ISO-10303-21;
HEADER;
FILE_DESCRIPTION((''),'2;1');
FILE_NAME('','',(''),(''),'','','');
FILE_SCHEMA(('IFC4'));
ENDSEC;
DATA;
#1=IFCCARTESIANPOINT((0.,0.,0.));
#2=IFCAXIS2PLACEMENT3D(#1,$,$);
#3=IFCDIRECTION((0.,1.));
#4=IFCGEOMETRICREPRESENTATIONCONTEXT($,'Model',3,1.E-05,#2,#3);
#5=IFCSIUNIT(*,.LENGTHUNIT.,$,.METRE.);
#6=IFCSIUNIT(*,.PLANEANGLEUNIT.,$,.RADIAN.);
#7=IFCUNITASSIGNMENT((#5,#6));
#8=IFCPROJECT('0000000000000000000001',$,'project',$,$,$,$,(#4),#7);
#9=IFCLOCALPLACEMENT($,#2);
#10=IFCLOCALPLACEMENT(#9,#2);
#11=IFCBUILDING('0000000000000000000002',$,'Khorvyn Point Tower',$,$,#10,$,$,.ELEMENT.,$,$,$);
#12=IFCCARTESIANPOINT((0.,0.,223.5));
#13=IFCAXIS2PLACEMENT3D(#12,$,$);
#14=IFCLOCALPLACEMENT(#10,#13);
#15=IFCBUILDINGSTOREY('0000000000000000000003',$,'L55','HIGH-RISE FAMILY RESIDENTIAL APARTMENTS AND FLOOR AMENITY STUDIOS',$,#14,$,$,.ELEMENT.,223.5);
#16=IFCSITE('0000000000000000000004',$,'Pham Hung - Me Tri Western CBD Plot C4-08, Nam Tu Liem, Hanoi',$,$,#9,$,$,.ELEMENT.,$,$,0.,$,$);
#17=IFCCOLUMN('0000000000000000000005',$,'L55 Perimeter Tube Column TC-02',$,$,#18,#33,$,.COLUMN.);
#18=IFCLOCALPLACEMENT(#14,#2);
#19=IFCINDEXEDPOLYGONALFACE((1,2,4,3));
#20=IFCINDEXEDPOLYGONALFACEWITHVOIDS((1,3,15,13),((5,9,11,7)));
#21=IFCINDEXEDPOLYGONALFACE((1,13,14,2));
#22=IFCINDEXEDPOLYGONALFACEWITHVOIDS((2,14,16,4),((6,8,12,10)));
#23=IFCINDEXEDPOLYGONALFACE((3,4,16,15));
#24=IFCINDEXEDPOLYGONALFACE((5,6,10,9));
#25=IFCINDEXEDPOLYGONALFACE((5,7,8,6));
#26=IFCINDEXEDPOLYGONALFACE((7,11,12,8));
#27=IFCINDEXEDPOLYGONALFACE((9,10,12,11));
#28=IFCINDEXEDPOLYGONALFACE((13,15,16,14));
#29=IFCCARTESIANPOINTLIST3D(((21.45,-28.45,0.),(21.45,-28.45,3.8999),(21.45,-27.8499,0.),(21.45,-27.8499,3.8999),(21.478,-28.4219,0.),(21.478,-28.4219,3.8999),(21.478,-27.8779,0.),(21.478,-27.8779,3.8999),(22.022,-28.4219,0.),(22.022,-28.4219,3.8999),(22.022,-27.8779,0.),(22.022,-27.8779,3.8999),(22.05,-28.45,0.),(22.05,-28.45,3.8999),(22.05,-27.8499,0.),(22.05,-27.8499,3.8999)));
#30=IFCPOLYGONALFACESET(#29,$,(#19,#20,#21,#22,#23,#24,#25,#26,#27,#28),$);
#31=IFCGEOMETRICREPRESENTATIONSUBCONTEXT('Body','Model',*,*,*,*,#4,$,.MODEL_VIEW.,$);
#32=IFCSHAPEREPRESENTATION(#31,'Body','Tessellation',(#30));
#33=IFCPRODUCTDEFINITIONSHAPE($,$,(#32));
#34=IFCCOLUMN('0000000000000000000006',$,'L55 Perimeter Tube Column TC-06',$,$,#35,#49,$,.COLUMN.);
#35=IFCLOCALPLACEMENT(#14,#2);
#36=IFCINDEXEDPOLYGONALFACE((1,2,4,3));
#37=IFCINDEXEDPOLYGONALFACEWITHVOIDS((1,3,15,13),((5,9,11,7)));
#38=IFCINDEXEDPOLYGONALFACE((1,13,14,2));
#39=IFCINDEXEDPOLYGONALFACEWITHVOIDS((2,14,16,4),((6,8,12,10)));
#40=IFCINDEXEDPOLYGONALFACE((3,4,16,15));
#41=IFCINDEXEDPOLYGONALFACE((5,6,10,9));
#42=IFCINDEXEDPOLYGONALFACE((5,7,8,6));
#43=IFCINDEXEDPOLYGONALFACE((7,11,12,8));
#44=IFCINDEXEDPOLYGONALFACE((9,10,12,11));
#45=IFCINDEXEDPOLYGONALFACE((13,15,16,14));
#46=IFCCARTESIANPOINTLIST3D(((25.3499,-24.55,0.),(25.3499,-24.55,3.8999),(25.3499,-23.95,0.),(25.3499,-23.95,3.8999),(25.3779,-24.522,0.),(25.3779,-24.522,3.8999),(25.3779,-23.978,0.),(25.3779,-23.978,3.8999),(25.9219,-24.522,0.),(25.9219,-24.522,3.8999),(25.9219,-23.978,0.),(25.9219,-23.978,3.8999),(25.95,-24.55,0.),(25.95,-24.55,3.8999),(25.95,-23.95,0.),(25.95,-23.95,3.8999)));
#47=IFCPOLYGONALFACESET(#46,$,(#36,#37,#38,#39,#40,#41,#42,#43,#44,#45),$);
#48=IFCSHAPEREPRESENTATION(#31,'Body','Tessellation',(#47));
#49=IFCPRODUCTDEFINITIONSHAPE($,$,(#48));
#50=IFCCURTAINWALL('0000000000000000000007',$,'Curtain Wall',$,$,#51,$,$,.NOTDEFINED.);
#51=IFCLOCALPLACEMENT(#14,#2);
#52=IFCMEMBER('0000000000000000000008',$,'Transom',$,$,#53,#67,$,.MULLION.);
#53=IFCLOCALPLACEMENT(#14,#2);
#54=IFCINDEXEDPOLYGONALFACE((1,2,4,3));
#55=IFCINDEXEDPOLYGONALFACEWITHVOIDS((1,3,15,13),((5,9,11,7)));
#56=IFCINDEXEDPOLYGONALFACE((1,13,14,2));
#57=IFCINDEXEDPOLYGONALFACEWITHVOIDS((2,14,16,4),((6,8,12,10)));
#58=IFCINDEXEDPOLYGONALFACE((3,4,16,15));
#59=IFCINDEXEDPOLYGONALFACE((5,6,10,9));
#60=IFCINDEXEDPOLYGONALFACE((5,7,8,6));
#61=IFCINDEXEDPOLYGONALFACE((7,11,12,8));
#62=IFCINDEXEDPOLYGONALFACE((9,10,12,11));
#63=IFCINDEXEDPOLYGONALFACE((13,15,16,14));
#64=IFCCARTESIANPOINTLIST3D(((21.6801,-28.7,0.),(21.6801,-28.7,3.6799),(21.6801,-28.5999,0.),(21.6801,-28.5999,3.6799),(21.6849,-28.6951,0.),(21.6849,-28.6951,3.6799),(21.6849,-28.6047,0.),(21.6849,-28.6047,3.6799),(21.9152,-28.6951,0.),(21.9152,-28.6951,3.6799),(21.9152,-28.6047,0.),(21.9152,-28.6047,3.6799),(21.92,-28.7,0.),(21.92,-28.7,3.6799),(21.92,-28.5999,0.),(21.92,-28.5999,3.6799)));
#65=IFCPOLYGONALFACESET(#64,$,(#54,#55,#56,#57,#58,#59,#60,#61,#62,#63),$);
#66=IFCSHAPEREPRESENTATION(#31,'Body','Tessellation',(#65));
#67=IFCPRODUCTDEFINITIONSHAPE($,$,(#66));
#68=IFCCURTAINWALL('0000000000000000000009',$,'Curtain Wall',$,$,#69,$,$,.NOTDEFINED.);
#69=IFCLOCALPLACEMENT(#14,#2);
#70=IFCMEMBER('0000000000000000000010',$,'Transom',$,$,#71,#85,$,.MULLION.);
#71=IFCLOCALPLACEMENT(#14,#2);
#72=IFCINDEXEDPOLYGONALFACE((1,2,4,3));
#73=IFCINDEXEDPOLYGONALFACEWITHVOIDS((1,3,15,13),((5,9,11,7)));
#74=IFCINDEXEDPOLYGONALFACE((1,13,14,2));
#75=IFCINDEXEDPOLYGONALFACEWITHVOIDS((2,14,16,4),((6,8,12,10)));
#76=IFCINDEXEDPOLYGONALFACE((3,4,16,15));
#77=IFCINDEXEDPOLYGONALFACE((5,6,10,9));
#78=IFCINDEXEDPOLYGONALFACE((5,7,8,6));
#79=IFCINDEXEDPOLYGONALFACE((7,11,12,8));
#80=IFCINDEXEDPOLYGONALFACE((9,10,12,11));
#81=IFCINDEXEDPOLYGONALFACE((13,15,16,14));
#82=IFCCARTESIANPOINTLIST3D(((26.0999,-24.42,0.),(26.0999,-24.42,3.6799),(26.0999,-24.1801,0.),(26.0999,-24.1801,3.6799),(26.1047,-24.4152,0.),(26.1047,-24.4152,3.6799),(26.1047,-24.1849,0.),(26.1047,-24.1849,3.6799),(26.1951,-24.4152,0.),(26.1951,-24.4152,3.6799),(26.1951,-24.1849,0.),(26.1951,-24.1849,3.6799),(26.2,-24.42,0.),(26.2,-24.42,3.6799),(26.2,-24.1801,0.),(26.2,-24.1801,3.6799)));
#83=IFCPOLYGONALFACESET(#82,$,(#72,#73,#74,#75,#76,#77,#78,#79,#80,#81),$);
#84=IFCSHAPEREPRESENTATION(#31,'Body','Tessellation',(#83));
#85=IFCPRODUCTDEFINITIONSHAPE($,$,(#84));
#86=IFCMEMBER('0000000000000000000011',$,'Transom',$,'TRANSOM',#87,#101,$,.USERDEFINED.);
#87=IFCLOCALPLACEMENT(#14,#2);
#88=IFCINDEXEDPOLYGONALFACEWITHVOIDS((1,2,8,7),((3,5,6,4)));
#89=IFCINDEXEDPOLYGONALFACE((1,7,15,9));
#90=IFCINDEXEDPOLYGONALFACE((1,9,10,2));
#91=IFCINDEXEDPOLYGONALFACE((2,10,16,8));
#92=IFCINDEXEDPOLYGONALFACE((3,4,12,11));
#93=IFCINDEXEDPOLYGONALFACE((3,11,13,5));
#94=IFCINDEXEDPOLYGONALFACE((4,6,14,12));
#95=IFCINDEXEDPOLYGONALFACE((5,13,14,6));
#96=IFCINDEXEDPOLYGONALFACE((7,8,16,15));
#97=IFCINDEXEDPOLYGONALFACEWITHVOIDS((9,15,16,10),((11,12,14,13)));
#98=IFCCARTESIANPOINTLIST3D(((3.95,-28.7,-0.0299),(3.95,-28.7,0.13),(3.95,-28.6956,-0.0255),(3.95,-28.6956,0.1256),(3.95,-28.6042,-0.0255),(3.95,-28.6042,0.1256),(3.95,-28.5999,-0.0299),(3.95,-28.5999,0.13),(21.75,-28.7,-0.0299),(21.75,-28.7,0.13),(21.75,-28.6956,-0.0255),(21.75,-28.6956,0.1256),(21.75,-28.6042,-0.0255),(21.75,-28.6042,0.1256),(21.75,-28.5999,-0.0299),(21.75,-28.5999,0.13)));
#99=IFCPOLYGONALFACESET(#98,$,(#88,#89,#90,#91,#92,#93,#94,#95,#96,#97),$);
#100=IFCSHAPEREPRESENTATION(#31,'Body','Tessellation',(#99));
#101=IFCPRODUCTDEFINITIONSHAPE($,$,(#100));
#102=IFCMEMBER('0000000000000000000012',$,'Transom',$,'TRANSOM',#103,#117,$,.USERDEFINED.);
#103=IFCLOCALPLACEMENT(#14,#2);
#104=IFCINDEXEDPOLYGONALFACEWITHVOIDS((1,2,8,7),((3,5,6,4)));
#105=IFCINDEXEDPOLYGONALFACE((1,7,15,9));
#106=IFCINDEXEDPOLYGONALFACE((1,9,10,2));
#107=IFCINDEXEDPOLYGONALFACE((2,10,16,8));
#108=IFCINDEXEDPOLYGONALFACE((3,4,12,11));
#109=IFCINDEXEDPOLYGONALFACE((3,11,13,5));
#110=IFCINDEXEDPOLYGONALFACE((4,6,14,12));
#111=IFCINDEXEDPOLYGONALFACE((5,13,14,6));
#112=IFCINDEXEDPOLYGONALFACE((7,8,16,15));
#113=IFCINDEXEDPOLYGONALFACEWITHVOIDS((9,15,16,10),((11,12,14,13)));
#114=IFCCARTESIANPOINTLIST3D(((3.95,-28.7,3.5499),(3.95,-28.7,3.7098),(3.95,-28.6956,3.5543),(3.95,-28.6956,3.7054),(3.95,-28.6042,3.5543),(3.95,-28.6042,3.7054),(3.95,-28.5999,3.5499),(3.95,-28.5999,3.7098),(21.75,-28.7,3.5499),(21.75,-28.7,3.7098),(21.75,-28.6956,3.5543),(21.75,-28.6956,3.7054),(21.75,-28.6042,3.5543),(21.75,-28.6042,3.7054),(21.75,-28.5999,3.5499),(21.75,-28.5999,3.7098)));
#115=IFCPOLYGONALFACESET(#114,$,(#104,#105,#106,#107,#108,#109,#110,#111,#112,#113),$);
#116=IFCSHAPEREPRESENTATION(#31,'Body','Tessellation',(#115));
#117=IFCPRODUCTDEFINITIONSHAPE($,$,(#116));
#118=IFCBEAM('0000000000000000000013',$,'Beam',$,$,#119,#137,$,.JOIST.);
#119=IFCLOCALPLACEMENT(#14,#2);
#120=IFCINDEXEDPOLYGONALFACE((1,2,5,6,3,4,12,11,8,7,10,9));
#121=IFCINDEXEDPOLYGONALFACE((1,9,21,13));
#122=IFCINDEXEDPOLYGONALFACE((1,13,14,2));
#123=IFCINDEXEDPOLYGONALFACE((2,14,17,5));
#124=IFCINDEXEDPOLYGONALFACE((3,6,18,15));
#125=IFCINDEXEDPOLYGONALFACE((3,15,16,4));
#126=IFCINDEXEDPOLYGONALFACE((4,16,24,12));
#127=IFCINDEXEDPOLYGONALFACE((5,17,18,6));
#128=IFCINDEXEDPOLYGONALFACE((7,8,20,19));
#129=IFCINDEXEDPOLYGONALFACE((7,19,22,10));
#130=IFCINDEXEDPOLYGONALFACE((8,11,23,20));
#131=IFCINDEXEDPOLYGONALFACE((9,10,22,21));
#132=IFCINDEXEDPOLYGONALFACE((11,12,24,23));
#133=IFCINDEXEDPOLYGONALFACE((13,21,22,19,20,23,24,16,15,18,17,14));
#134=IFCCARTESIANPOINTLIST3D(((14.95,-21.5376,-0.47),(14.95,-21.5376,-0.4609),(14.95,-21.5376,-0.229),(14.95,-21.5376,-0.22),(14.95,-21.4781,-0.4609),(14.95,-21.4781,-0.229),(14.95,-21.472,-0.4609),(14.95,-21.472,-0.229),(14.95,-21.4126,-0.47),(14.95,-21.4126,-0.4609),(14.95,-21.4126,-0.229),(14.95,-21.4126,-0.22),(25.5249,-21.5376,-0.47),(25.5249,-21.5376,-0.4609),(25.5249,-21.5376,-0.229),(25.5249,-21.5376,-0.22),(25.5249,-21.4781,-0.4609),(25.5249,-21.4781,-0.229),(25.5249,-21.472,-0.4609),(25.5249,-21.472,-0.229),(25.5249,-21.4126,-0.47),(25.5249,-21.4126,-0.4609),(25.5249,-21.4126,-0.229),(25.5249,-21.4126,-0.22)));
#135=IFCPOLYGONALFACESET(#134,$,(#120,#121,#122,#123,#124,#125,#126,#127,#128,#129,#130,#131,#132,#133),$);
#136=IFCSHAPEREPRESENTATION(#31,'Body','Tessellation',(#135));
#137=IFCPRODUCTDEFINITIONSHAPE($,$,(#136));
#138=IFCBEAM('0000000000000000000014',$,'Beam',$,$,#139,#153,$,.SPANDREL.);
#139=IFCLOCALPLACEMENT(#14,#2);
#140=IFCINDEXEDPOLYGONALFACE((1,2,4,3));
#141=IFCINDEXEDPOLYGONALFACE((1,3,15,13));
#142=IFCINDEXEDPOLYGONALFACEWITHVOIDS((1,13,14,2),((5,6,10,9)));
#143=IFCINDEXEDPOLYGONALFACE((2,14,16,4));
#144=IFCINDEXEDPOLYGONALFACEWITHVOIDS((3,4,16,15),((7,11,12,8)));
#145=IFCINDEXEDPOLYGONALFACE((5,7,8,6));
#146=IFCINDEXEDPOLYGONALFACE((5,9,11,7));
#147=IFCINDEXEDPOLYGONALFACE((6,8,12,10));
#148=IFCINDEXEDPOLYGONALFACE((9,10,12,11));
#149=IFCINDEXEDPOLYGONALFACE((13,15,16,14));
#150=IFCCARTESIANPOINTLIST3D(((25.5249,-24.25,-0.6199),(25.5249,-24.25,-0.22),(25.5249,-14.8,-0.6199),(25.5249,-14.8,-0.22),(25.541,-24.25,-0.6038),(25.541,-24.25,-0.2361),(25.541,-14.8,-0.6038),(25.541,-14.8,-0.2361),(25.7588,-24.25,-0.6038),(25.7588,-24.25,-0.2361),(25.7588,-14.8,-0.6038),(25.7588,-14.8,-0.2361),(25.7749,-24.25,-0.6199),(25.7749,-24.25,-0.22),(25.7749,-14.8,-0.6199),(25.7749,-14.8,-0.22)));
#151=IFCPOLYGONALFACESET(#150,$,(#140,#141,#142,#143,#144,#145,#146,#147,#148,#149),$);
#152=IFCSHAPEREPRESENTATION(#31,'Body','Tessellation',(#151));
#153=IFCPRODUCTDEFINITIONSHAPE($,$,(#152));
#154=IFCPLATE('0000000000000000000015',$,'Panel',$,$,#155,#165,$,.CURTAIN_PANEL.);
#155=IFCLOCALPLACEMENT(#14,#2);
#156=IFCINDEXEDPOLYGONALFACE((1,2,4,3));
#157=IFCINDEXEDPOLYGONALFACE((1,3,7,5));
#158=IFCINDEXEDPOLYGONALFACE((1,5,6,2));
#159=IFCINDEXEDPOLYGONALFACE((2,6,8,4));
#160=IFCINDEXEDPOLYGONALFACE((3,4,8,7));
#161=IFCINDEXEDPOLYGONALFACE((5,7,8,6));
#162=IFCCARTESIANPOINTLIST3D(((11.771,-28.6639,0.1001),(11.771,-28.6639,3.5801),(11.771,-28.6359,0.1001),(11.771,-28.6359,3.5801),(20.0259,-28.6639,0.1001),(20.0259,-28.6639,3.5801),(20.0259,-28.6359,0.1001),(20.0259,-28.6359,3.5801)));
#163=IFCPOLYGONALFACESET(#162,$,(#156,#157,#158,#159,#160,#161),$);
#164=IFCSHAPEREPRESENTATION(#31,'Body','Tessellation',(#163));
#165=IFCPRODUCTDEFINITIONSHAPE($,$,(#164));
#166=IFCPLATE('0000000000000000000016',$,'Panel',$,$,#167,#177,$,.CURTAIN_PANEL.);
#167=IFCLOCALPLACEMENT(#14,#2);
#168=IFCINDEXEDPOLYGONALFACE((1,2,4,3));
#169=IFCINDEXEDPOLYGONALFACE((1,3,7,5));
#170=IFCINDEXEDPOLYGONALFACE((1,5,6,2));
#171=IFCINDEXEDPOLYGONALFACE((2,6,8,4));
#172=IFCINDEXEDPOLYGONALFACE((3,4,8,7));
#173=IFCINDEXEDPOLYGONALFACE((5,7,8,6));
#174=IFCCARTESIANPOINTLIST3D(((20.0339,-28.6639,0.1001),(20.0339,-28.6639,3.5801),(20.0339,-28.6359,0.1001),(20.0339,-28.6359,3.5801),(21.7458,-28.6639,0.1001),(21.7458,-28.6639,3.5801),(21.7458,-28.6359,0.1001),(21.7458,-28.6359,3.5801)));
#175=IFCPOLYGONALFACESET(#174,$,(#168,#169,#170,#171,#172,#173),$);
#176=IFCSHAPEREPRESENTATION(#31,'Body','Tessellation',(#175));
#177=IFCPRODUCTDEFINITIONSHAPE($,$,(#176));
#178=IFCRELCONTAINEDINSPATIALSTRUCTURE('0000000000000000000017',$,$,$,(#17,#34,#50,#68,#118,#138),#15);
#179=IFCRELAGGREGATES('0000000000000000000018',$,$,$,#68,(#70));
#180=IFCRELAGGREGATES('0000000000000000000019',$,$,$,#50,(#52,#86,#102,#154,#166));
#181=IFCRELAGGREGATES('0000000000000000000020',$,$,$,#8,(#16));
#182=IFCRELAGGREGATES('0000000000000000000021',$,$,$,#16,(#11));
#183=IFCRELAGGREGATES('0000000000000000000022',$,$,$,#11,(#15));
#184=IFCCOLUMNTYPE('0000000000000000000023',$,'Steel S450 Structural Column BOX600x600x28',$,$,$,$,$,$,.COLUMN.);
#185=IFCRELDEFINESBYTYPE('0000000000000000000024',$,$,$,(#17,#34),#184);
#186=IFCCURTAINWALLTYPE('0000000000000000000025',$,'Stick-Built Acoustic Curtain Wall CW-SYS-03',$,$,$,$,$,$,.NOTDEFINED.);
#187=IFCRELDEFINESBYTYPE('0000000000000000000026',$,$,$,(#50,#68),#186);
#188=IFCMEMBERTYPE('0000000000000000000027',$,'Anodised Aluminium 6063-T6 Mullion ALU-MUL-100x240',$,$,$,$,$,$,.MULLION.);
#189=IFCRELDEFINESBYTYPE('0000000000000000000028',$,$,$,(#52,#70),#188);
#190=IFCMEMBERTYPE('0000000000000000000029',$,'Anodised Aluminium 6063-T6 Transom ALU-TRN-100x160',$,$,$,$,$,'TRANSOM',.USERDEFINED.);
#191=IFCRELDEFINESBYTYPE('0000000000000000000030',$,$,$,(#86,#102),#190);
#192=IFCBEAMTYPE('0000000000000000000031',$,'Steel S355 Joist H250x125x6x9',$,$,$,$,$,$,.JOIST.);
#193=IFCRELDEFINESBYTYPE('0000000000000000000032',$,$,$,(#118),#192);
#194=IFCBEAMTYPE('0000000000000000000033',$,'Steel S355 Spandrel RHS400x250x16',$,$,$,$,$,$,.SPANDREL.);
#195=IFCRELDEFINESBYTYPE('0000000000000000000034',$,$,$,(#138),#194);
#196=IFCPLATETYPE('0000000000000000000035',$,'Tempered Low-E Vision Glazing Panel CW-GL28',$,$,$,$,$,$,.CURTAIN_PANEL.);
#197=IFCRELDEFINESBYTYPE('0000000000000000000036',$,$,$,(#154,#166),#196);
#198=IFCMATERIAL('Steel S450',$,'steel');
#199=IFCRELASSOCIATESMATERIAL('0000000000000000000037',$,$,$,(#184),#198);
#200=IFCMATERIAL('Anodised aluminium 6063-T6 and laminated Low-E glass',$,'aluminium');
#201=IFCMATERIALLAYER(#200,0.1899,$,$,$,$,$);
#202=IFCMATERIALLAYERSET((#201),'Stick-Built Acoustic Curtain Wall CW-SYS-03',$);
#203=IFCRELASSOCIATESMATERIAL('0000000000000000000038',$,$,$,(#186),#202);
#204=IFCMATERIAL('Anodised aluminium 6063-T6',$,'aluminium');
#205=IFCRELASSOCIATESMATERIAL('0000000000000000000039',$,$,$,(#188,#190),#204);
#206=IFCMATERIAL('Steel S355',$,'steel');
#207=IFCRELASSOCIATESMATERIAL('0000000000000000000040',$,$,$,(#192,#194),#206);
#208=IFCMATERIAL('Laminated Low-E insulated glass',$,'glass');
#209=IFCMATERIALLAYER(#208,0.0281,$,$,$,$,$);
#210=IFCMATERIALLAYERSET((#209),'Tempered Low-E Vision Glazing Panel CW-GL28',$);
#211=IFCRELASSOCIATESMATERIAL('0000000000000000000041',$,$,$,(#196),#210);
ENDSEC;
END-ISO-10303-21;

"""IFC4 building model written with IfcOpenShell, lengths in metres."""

from ifc_helpers import new_model, si_unit, direction, frame, origin, origin_2d, place, context, subcontext, project, spatial, rectangle, hollow_rectangle, i_section, extrude, material, layer, layer_set, material_profile, profile_set, type_object, element, aggregate, save


model = new_model("IFC4")

# Units and contexts
model_context = context("Model", 3, precision=1e-05, world=origin(), true_north=direction((0.0, 1.0)))
body_context = subcontext(model_context, "Body", "Model", "MODEL_VIEW")
ifc_project = project(units=[si_unit("LENGTHUNIT", "METRE"), si_unit("PLANEANGLEUNIT", "RADIAN")], contexts=[model_context])

# Site, building, storey
site_placement = place(None, origin())
site = spatial("IfcSite", under=ifc_project, at=site_placement, Name="Pham Hung - Me Tri Western CBD Plot C4-08, Nam Tu Liem, Hanoi", CompositionType="ELEMENT", RefElevation=0.0)
building_placement = place(site_placement, origin())
building = spatial("IfcBuilding", under=site, at=building_placement, Name="Khorvyn Point Tower", CompositionType="ELEMENT")
storey_placement = place(building_placement, frame((0.0, 0.0, 223.5)))
storey = spatial("IfcBuildingStorey", under=building, at=storey_placement, Name="L55", Description="HIGH-RISE FAMILY RESIDENTIAL APARTMENTS AND FLOOR AMENITY STUDIOS", CompositionType="ELEMENT", Elevation=223.5)

# Columns
ifc_material_1 = material(Name="Steel S450", Category="steel")
ifc_material_profile_1 = material_profile(ifc_material_1, hollow_rectangle(XDim=0.6001, YDim=0.6001, WallThickness=0.0281, at=origin_2d()))
ifc_profile_set_1 = profile_set([ifc_material_profile_1], Name="Steel S450 BOX600x600x28")
column_type = type_object("IfcColumnType", Name="Steel S450 Structural Column BOX600x600x28", PredefinedType="COLUMN", material=ifc_profile_set_1)
for number, where, z_axis, x_axis, name in (
    (1, (21.75, -28.1499, 0.0), (0.0, 0.0, 1.0), (1.0, 0.0, 0.0), "L55 Perimeter Tube Column TC-02"),
    (2, (25.6499, -24.25, 0.0), (0.0, 0.0, 1.0), (1.0, 0.0, 0.0), "L55 Perimeter Tube Column TC-06"),
):
    element("IfcColumn", number, at=place(storey_placement, frame(where, z_axis=z_axis, x_axis=x_axis)), inside=storey, type_object=column_type, Name=name, PredefinedType="COLUMN", context=body_context, shape_type="SweptSolid", body=[
        extrude(hollow_rectangle(XDim=0.6001, YDim=0.6001, WallThickness=0.0281, at=origin_2d()), origin(), (0.0, 0.0, 1.0), 3.8999),
    ])

# Curtain walls, members
ifc_material_2 = material(Name="Anodised aluminium 6063-T6 and laminated Low-E glass", Category="aluminium")
ifc_layer_1 = layer(ifc_material_2, 0.1899)
ifc_layer_set_1 = layer_set([ifc_layer_1], Name="Stick-Built Acoustic Curtain Wall CW-SYS-03")
curtain_wall_type = type_object("IfcCurtainWallType", Name="Stick-Built Acoustic Curtain Wall CW-SYS-03", PredefinedType="NOTDEFINED", material=ifc_layer_set_1)
curtain_wall_1_placement = place(storey_placement, origin())
curtain_wall_1 = element("IfcCurtainWall", 3, at=curtain_wall_1_placement, inside=storey, type_object=curtain_wall_type, Name="Curtain Wall", PredefinedType="NOTDEFINED")
ifc_material_3 = material(Name="Anodised aluminium 6063-T6", Category="aluminium")
ifc_material_profile_2 = material_profile(ifc_material_3, hollow_rectangle(XDim=0.1001, YDim=0.24, WallThickness=0.0049, at=origin_2d()))
ifc_profile_set_2 = profile_set([ifc_material_profile_2], Name="Anodised aluminium 6063-T6 ALU-MUL-100x240")
member_type_1 = type_object("IfcMemberType", Name="Anodised Aluminium 6063-T6 Mullion ALU-MUL-100x240", PredefinedType="MULLION", material=ifc_profile_set_2)
member_1_placement = place(storey_placement, frame((21.8, -28.6499, 0.0), z_axis=(0.0, 0.0, 1.0), x_axis=(0.0, -1.0, 0.0)))
member_1 = element("IfcMember", 4, at=member_1_placement, type_object=member_type_1, Name="Transom", PredefinedType="MULLION", context=body_context, shape_type="SweptSolid", body=[
    extrude(hollow_rectangle(XDim=0.1001, YDim=0.24, WallThickness=0.0049, at=origin_2d()), origin(), (0.0, 0.0, 1.0), 3.6799),
])
curtain_wall_2_placement = place(storey_placement, origin())
curtain_wall_2 = element("IfcCurtainWall", 5, at=curtain_wall_2_placement, inside=storey, type_object=curtain_wall_type, Name="Curtain Wall", PredefinedType="NOTDEFINED")
member_2_placement = place(storey_placement, frame((26.1499, -24.3, 0.0), z_axis=(0.0, 0.0, 1.0), x_axis=(1.0, 0.0, 0.0)))
member_2 = element("IfcMember", 6, at=member_2_placement, type_object=member_type_1, Name="Transom", PredefinedType="MULLION", context=body_context, shape_type="SweptSolid", body=[
    extrude(hollow_rectangle(XDim=0.1001, YDim=0.24, WallThickness=0.0049, at=origin_2d()), origin(), (0.0, 0.0, 1.0), 3.6799),
])
aggregate(curtain_wall_2, [member_2])

# Members
ifc_material_profile_3 = material_profile(ifc_material_3, hollow_rectangle(XDim=0.1001, YDim=0.1599, WallThickness=0.0044, at=origin_2d()))
ifc_profile_set_3 = profile_set([ifc_material_profile_3], Name="Anodised aluminium 6063-T6 ALU-TRN-100x160")
member_type_2 = type_object("IfcMemberType", Name="Anodised Aluminium 6063-T6 Transom ALU-TRN-100x160", ElementType="TRANSOM", PredefinedType="USERDEFINED", material=ifc_profile_set_3)
member_3_placement = place(storey_placement, frame((21.75, -28.6499, 0.05), z_axis=(-1.0, 0.0, 0.0), x_axis=(0.0, -1.0, 0.0)))
member_3 = element("IfcMember", 7, at=member_3_placement, type_object=member_type_2, Name="Transom", ObjectType="TRANSOM", PredefinedType="USERDEFINED", context=body_context, shape_type="SweptSolid", body=[
    extrude(hollow_rectangle(XDim=0.1001, YDim=0.1599, WallThickness=0.0044, at=origin_2d()), origin(), (0.0, 0.0, 1.0), 17.8),
])
member_4_placement = place(storey_placement, frame((21.75, -28.6499, 3.6299), z_axis=(-1.0, 0.0, 0.0), x_axis=(0.0, -1.0, 0.0)))
member_4 = element("IfcMember", 8, at=member_4_placement, type_object=member_type_2, Name="Transom", ObjectType="TRANSOM", PredefinedType="USERDEFINED", context=body_context, shape_type="SweptSolid", body=[
    extrude(hollow_rectangle(XDim=0.1001, YDim=0.1599, WallThickness=0.0044, at=origin_2d()), origin(), (0.0, 0.0, 1.0), 17.8),
])

# Beams
ifc_material_4 = material(Name="Steel S355", Category="steel")
ifc_material_profile_4 = material_profile(ifc_material_4, i_section(OverallWidth=0.125, OverallDepth=0.25, WebThickness=0.0061, FlangeThickness=0.009, at=origin_2d()))
ifc_profile_set_4 = profile_set([ifc_material_profile_4], Name="Steel S355 H250x125x6x9")
beam_type_1 = type_object("IfcBeamType", Name="Steel S355 Joist H250x125x6x9", PredefinedType="JOIST", material=ifc_profile_set_4)
beam_1_placement = place(storey_placement, frame((14.95, -21.4751, -0.345), z_axis=(1.0, 0.0, 0.0), x_axis=(0.0, 1.0, 0.0)))
element("IfcBeam", 9, at=beam_1_placement, inside=storey, type_object=beam_type_1, Name="Beam", PredefinedType="JOIST", context=body_context, shape_type="SweptSolid", body=[
    extrude(i_section(OverallWidth=0.125, OverallDepth=0.25, WebThickness=0.0061, FlangeThickness=0.009, at=origin_2d()), origin(), (0.0, 0.0, 1.0), 10.575),
])
ifc_material_profile_5 = material_profile(ifc_material_4, hollow_rectangle(XDim=0.25, YDim=0.3999, WallThickness=0.0161, at=origin_2d()))
ifc_profile_set_5 = profile_set([ifc_material_profile_5], Name="Steel S355 RHS400x250x16")
beam_type_2 = type_object("IfcBeamType", Name="Steel S355 Spandrel RHS400x250x16", PredefinedType="SPANDREL", material=ifc_profile_set_5)
beam_2_placement = place(storey_placement, frame((25.6499, -24.25, -0.4199), z_axis=(0.0, 1.0, 0.0), x_axis=(-1.0, 0.0, 0.0)))
element("IfcBeam", 10, at=beam_2_placement, inside=storey, type_object=beam_type_2, Name="Beam", PredefinedType="SPANDREL", context=body_context, shape_type="SweptSolid", body=[
    extrude(hollow_rectangle(XDim=0.25, YDim=0.3999, WallThickness=0.0161, at=origin_2d()), origin(), (0.0, 0.0, 1.0), 9.45),
])

# Plates
ifc_material_5 = material(Name="Laminated Low-E insulated glass", Category="glass")
ifc_layer_2 = layer(ifc_material_5, 0.0281)
ifc_layer_set_2 = layer_set([ifc_layer_2], Name="Tempered Low-E Vision Glazing Panel CW-GL28")
plate_type = type_object("IfcPlateType", Name="Tempered Low-E Vision Glazing Panel CW-GL28", PredefinedType="CURTAIN_PANEL", material=ifc_layer_set_2)
plate_1_placement = place(storey_placement, frame((15.8984, -28.6499, 0.1001), z_axis=(0.0, 0.0, 1.0), x_axis=(-1.0, 0.0, 0.0)))
plate_1 = element("IfcPlate", 11, at=plate_1_placement, type_object=plate_type, Name="Panel", PredefinedType="CURTAIN_PANEL", context=body_context, shape_type="SweptSolid", body=[
    extrude(rectangle(XDim=8.2549, YDim=0.0281, at=origin_2d()), origin(), (0.0, 0.0, 1.0), 3.48),
])
plate_2_placement = place(storey_placement, frame((20.8899, -28.6499, 0.1001), z_axis=(0.0, 0.0, 1.0), x_axis=(-1.0, 0.0, 0.0)))
plate_2 = element("IfcPlate", 12, at=plate_2_placement, type_object=plate_type, Name="Panel", PredefinedType="CURTAIN_PANEL", context=body_context, shape_type="SweptSolid", body=[
    extrude(rectangle(XDim=1.7119, YDim=0.0281, at=origin_2d()), origin(), (0.0, 0.0, 1.0), 3.48),
])
aggregate(curtain_wall_1, [member_1, member_3, member_4, plate_1, plate_2])

save(model, "model.ifc")
